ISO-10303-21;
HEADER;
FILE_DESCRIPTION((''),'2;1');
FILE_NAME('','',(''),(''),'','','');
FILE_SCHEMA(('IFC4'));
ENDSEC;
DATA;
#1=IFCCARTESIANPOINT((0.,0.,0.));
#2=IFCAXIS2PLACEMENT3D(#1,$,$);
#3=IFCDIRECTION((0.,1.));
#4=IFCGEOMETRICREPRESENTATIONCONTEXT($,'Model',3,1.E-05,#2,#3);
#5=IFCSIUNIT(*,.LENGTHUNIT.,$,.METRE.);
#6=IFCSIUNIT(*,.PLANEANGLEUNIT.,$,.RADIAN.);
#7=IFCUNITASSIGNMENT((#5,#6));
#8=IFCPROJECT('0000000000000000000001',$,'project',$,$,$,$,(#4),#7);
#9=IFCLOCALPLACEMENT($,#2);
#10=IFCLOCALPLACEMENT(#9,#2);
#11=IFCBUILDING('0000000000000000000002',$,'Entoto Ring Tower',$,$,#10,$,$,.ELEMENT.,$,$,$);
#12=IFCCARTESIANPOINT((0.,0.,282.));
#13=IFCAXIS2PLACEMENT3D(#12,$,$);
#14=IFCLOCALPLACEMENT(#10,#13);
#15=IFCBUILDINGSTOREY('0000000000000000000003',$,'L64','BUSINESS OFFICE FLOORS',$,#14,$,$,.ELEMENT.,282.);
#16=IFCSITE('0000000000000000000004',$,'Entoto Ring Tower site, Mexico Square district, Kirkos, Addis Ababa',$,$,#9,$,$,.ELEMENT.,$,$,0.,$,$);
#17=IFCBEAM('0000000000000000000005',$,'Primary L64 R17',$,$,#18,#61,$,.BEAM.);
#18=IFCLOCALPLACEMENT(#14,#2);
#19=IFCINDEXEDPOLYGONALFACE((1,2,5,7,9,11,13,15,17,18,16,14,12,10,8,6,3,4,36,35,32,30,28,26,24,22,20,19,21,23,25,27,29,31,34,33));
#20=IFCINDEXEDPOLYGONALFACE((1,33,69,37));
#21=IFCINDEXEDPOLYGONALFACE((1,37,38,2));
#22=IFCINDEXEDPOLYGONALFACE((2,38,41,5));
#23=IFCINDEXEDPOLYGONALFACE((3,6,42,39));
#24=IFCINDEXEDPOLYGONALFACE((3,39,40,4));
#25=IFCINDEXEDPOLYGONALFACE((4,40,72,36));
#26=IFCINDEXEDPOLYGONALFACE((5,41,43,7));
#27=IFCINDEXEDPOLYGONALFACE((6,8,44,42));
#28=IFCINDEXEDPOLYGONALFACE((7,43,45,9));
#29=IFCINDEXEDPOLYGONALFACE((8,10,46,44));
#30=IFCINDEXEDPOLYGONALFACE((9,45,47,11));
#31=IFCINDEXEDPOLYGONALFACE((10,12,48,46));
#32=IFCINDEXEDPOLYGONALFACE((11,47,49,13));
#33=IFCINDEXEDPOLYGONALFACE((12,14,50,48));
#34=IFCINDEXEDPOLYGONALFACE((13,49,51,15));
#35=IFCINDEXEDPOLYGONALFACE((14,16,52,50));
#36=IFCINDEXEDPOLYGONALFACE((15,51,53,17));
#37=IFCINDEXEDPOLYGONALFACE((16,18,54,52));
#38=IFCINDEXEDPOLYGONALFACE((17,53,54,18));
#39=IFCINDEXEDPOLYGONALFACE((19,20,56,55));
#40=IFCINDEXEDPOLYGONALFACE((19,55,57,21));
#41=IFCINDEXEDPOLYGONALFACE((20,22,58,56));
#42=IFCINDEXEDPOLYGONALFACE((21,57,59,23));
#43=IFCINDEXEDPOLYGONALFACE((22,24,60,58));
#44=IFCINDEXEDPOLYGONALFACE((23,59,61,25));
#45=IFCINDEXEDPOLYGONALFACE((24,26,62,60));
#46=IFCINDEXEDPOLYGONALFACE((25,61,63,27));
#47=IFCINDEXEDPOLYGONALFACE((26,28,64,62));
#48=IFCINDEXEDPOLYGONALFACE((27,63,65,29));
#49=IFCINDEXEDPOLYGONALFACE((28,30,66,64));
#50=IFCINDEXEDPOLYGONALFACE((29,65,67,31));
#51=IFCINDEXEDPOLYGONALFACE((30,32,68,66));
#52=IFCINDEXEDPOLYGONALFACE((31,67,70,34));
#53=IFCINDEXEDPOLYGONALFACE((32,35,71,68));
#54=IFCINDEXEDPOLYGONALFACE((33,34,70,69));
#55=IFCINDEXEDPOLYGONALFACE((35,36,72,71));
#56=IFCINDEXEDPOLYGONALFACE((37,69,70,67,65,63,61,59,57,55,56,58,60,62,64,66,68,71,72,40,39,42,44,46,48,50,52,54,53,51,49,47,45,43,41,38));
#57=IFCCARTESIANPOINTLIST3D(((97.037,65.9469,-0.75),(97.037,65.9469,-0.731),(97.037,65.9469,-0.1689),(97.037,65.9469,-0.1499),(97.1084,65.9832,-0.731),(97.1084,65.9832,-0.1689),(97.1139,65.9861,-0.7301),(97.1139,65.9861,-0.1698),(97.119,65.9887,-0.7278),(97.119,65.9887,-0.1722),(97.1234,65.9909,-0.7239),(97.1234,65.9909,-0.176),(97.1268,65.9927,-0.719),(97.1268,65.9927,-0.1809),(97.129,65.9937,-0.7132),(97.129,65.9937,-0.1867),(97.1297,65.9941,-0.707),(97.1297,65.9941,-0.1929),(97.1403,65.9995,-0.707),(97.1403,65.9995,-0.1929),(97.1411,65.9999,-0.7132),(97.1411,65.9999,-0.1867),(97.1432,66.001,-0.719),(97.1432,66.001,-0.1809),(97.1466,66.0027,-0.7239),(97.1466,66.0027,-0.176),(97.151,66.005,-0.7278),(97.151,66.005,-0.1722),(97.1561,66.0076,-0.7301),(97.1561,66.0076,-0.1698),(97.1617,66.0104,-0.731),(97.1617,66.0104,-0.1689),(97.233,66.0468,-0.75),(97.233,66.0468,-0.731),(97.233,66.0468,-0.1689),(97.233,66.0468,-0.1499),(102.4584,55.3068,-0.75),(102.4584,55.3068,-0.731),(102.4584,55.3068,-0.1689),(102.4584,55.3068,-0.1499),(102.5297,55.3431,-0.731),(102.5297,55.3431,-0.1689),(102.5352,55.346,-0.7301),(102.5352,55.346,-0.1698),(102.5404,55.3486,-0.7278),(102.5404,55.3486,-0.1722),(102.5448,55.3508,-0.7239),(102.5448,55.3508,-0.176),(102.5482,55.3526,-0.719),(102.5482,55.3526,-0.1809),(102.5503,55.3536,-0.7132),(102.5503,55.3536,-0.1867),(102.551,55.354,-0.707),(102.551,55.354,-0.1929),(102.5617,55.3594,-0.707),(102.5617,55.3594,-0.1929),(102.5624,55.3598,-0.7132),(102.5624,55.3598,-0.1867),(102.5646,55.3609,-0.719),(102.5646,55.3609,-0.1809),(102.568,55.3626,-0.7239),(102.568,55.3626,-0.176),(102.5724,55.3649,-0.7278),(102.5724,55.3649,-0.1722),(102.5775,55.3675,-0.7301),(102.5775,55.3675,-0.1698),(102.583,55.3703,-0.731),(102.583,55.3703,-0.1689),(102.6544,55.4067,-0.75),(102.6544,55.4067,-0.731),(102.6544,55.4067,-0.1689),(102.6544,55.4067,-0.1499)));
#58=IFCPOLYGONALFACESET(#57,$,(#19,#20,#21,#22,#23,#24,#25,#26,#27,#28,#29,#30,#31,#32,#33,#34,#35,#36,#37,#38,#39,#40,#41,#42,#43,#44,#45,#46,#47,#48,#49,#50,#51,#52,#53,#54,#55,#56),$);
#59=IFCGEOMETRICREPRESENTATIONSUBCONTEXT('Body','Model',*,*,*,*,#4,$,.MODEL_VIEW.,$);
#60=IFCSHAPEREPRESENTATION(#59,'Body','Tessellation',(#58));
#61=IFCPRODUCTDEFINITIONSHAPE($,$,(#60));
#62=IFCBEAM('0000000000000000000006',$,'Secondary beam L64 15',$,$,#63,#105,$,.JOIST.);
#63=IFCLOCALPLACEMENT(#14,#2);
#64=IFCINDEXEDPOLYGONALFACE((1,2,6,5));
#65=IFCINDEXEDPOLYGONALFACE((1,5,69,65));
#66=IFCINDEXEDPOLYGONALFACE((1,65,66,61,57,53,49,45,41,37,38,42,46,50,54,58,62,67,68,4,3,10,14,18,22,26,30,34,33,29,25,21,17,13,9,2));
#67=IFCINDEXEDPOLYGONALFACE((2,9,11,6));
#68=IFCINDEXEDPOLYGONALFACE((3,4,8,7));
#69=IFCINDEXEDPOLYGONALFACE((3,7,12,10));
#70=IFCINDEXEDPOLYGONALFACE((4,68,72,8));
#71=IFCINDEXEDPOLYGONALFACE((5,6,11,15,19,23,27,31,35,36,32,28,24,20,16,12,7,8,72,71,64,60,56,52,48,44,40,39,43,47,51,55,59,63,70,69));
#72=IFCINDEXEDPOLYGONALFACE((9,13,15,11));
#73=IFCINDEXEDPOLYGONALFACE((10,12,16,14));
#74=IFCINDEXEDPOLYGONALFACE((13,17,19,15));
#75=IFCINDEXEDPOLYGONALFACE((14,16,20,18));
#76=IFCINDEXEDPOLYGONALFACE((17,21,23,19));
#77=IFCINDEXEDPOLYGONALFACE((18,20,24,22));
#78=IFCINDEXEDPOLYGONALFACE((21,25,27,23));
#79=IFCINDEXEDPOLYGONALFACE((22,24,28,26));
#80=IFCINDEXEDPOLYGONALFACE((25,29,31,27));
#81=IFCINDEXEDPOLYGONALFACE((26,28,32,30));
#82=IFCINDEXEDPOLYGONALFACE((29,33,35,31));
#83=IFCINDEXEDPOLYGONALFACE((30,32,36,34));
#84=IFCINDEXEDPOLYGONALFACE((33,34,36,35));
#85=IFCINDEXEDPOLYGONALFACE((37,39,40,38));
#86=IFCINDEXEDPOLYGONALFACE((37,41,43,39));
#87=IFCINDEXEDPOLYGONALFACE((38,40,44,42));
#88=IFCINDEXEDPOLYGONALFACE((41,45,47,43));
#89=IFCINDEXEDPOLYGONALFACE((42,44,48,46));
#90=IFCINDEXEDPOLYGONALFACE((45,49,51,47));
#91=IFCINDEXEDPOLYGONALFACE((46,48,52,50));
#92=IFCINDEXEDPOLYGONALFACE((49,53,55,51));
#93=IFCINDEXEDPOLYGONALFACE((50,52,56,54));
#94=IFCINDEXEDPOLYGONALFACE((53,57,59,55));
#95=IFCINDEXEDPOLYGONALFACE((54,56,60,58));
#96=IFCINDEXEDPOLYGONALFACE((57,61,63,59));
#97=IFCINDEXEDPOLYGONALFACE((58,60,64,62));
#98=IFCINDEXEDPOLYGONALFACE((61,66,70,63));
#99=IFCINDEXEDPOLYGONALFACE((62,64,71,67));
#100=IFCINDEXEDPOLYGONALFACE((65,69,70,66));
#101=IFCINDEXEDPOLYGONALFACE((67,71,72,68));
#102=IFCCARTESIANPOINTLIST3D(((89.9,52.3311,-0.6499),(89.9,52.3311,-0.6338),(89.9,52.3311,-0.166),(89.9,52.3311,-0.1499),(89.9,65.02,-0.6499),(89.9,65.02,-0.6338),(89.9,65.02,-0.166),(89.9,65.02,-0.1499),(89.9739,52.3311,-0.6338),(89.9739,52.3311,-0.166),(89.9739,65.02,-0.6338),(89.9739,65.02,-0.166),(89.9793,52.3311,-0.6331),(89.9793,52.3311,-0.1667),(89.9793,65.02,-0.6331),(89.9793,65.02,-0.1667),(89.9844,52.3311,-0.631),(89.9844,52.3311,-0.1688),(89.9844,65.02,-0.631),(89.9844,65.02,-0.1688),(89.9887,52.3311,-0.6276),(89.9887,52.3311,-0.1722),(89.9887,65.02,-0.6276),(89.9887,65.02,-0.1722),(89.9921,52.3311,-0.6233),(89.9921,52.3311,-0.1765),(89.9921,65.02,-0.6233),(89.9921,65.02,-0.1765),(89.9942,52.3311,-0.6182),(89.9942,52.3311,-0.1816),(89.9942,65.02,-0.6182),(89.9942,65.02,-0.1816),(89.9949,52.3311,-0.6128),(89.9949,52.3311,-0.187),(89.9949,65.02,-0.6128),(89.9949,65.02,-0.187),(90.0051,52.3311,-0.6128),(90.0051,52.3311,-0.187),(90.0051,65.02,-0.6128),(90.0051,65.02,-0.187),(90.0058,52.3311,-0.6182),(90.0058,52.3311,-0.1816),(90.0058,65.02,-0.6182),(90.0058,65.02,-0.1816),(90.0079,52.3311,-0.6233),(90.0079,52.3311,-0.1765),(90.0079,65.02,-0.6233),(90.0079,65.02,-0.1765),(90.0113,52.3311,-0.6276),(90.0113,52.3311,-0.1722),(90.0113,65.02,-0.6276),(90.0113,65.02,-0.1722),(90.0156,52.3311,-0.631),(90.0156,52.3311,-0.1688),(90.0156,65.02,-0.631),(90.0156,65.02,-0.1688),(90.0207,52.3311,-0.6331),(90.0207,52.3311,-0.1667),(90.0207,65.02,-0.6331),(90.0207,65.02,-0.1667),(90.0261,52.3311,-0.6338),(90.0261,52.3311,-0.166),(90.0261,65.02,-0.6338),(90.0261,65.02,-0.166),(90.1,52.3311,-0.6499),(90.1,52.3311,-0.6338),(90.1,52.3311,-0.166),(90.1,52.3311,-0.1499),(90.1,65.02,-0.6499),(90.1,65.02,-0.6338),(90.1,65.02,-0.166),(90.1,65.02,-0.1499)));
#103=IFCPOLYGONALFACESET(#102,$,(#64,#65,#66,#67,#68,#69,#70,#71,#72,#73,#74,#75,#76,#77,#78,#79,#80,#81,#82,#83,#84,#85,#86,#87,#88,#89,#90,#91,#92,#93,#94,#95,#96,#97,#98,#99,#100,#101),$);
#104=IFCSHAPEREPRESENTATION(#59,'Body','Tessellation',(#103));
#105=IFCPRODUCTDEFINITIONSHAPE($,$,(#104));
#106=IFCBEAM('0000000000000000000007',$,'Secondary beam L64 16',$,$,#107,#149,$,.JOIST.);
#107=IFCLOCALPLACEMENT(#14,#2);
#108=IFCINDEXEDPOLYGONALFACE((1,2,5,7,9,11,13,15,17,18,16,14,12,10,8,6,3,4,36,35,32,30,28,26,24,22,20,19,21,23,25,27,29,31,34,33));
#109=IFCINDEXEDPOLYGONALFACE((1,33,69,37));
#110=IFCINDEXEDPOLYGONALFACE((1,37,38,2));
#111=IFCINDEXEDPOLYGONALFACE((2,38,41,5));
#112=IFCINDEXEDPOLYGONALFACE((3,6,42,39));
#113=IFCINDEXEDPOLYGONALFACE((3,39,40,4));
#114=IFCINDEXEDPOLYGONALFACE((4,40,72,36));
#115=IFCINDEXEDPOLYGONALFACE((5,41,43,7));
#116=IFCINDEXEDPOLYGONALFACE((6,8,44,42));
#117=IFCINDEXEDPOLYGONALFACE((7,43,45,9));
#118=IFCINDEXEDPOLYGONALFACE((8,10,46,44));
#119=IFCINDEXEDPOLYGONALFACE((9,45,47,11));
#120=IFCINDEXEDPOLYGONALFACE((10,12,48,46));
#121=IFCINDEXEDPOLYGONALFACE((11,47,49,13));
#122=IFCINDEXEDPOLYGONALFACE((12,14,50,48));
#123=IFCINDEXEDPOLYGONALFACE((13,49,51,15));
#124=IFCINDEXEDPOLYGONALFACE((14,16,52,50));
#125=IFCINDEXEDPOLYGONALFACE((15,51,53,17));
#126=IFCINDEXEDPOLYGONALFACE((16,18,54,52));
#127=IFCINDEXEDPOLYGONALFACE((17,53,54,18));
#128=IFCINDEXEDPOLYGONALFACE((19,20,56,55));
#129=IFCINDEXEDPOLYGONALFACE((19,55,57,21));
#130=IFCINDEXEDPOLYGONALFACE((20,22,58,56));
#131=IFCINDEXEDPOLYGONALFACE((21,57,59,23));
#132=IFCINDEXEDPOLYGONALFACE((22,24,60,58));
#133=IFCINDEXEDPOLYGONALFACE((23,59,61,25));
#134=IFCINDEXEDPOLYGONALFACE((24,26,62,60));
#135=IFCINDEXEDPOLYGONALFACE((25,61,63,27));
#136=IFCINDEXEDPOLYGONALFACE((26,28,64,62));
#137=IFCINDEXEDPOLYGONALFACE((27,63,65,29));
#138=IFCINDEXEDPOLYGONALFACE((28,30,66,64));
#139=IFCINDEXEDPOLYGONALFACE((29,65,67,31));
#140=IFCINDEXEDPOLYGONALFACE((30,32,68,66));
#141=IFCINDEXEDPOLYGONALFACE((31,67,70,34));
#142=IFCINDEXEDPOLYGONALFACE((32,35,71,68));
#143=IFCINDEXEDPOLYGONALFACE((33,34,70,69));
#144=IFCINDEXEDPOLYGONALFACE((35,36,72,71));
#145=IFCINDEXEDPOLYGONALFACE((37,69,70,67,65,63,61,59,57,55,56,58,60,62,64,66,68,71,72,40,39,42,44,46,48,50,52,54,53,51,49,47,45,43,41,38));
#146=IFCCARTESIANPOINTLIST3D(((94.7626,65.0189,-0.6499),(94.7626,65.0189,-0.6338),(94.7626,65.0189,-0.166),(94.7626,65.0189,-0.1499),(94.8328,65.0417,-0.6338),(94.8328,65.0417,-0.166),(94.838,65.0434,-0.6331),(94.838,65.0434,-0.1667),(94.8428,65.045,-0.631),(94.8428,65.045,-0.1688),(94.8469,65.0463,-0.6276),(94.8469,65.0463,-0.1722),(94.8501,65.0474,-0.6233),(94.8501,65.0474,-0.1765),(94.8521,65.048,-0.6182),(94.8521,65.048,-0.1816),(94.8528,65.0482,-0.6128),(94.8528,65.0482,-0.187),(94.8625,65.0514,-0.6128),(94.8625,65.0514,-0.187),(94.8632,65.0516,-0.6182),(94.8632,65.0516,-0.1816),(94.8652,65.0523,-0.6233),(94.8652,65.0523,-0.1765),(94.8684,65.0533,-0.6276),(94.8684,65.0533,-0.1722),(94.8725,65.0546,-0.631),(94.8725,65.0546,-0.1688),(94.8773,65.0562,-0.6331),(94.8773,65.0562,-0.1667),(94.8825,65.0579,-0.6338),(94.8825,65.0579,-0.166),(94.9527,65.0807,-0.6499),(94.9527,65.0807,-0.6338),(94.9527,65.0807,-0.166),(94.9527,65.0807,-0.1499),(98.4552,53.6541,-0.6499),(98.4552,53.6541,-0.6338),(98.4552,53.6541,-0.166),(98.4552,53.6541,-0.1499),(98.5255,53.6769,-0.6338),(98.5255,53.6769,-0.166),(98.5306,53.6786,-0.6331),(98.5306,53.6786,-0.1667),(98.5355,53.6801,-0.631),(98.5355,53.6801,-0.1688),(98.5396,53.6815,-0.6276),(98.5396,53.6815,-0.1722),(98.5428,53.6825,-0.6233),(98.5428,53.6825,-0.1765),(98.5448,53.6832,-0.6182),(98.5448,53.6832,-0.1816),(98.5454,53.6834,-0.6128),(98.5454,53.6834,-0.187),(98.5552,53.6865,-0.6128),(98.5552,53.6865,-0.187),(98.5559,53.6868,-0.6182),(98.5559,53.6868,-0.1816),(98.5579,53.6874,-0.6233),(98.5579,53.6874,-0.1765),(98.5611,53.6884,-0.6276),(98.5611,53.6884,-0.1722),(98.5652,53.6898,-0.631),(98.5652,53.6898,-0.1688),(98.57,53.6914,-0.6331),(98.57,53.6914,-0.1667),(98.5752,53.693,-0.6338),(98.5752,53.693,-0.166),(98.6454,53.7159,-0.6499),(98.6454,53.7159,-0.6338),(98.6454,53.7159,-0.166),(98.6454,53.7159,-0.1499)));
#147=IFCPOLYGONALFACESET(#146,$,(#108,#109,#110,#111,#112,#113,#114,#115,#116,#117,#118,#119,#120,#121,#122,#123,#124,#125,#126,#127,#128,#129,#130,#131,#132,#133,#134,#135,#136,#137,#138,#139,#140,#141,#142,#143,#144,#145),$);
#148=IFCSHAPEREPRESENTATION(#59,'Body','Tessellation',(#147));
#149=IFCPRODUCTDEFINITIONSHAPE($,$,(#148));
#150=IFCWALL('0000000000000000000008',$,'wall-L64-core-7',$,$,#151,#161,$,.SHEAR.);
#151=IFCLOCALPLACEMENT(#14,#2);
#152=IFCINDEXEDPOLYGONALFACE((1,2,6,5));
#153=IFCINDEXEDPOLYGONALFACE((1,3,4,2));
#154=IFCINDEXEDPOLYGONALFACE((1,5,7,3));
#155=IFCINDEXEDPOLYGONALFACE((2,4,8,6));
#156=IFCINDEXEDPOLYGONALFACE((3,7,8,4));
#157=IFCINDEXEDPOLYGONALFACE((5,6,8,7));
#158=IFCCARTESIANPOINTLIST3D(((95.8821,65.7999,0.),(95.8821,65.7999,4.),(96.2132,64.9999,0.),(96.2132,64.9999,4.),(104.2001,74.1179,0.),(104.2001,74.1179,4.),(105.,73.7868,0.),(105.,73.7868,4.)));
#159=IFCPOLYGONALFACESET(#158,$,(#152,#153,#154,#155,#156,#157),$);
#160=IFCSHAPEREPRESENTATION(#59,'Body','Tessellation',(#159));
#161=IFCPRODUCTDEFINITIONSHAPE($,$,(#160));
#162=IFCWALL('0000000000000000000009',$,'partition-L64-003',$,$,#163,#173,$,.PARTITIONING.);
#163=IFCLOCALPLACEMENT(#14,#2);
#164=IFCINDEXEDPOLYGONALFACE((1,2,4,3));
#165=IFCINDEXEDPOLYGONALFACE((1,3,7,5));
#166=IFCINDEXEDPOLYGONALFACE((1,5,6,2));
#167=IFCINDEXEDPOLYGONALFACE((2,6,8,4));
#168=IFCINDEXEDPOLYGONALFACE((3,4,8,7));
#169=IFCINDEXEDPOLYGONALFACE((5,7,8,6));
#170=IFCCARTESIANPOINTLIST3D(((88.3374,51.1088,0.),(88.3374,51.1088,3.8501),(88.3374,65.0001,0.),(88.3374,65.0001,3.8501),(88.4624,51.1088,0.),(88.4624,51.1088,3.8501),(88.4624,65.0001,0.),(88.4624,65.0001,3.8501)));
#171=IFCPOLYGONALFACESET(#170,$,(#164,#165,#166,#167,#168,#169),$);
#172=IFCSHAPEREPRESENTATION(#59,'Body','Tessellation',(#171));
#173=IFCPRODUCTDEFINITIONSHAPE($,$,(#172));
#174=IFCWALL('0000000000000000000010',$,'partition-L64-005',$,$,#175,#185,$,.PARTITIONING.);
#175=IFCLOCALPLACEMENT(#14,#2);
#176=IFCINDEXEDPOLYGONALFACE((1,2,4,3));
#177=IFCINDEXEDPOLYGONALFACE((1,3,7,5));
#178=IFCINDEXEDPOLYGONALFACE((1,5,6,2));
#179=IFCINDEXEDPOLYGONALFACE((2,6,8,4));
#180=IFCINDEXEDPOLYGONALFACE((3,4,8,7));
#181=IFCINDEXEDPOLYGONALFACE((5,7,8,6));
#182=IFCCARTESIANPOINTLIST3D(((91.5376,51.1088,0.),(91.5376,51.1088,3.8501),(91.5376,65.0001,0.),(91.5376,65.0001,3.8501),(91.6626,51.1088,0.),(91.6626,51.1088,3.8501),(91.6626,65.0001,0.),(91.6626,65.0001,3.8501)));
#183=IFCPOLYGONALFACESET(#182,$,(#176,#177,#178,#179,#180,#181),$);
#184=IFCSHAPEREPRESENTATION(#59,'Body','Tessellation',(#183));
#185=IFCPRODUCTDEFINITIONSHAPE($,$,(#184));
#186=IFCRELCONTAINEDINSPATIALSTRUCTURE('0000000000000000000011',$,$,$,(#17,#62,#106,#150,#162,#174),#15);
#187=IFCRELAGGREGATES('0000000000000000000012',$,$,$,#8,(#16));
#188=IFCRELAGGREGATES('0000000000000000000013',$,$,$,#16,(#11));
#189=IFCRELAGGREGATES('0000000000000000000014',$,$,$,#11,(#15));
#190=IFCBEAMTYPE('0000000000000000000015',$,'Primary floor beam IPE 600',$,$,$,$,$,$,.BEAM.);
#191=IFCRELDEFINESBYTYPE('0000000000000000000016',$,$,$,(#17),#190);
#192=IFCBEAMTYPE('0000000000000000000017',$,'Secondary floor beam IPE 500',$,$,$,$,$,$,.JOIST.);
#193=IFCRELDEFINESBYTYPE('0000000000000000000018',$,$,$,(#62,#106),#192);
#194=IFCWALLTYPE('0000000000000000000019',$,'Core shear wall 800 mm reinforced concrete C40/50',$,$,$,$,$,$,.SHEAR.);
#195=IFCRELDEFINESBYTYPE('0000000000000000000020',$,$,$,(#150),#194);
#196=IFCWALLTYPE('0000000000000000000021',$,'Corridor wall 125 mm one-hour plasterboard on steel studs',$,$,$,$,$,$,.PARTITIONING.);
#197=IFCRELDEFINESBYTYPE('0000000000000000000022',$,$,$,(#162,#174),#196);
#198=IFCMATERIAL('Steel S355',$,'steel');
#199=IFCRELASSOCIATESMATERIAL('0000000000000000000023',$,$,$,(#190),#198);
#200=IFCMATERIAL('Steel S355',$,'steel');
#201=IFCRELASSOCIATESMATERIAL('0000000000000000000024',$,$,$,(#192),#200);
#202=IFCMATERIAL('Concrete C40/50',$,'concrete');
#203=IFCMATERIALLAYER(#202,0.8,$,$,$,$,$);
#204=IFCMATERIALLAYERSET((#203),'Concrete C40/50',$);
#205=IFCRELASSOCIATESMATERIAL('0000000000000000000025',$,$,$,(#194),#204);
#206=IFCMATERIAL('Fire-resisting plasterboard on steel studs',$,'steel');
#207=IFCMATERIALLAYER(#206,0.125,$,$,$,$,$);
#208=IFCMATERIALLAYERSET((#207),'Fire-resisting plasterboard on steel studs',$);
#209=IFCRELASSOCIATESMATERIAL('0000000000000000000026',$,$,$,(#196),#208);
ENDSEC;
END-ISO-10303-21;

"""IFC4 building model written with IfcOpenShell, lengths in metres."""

from ifc_helpers import new_model, si_unit, direction, frame, frame_2d, origin, origin_2d, place, context, subcontext, project, spatial, polyline, rectangle, i_section, outline, extrude, material, layer, layer_set, material_profile, profile_set, type_object, element, save


model = new_model("IFC4")

# Units and contexts
model_context = context("Model", 3, precision=1e-05, world=origin(), true_north=direction((0.0, 1.0)))
body_context = subcontext(model_context, "Body", "Model", "MODEL_VIEW")
ifc_project = project(units=[si_unit("LENGTHUNIT", "METRE"), si_unit("PLANEANGLEUNIT", "RADIAN")], contexts=[model_context])

# Site, building, storey
site_placement = place(None, origin())
site = spatial("IfcSite", under=ifc_project, at=site_placement, Name="Entoto Ring Tower site, Mexico Square district, Kirkos, Addis Ababa", CompositionType="ELEMENT", RefElevation=0.0)
building_placement = place(site_placement, origin())
building = spatial("IfcBuilding", under=site, at=building_placement, Name="Entoto Ring Tower", CompositionType="ELEMENT")
storey_placement = place(building_placement, frame((0.0, 0.0, 282.0)))
storey = spatial("IfcBuildingStorey", under=building, at=storey_placement, Name="L64", Description="BUSINESS OFFICE FLOORS", CompositionType="ELEMENT", Elevation=282.0)

# Beams
ifc_material_1 = material(Name="Steel S355", Category="steel")
ifc_material_profile_1 = material_profile(ifc_material_1, i_section(OverallWidth=0.22, OverallDepth=0.6001, WebThickness=0.012, FlangeThickness=0.019, FilletRadius=0.0239, at=origin_2d()), Name="IPE 600")
ifc_profile_set_1 = profile_set([ifc_material_profile_1], Name="Steel S355")
beam_type_1 = type_object("IfcBeamType", Name="Primary floor beam IPE 600", PredefinedType="BEAM", material=ifc_profile_set_1)
beam_1_placement = place(storey_placement, frame((97.135, 65.9968, -0.45), z_axis=(0.453988, -0.891008, 0.0), x_axis=(0.891008, 0.453988, 0.0)))
element("IfcBeam", 1, at=beam_1_placement, inside=storey, type_object=beam_type_1, Name="Primary L64 R17", PredefinedType="BEAM", context=body_context, shape_type="SweptSolid", body=[
    extrude(i_section(OverallWidth=0.22, OverallDepth=0.6001, WebThickness=0.012, FlangeThickness=0.019, FilletRadius=0.0239, at=origin_2d()), origin(), (0.0, 0.0, 1.0), 11.9417),
])
ifc_material_2 = material(Name="Steel S355", Category="steel")
ifc_material_profile_2 = material_profile(ifc_material_2, i_section(OverallWidth=0.2, OverallDepth=0.5, WebThickness=0.0103, FlangeThickness=0.0161, FilletRadius=0.021, at=origin_2d()), Name="IPE 500")
ifc_profile_set_2 = profile_set([ifc_material_profile_2], Name="Steel S355")
beam_type_2 = type_object("IfcBeamType", Name="Secondary floor beam IPE 500", PredefinedType="JOIST", material=ifc_profile_set_2)
beam_2_placement = place(storey_placement, frame((90.0, 65.02, -0.3999), z_axis=(0.0, -1.0, 0.0), x_axis=(1.0, 0.0, 0.0)))
element("IfcBeam", 2, at=beam_2_placement, inside=storey, type_object=beam_type_2, Name="Secondary beam L64 15", PredefinedType="JOIST", context=body_context, shape_type="SweptSolid", body=[
    extrude(i_section(OverallWidth=0.2, OverallDepth=0.5, WebThickness=0.0103, FlangeThickness=0.0161, FilletRadius=0.021, at=origin_2d()), origin(), (0.0, 0.0, 1.0), 12.689),
])
beam_3_placement = place(storey_placement, frame((94.8577, 65.0498, -0.3999), z_axis=(0.309017, -0.951057, 0.0), x_axis=(0.951057, 0.309017, 0.0)))
element("IfcBeam", 3, at=beam_3_placement, inside=storey, type_object=beam_type_2, Name="Secondary beam L64 16", PredefinedType="JOIST", context=body_context, shape_type="SweptSolid", body=[
    extrude(i_section(OverallWidth=0.2, OverallDepth=0.5, WebThickness=0.0103, FlangeThickness=0.0161, FilletRadius=0.021, at=origin_2d()), origin(), (0.0, 0.0, 1.0), 11.9497),
])

# Walls
ifc_material_3 = material(Name="Concrete C40/50", Category="concrete")
ifc_layer_1 = layer(ifc_material_3, 0.8)
ifc_layer_set_1 = layer_set([ifc_layer_1], Name="Concrete C40/50")
wall_type_1 = type_object("IfcWallType", Name="Core shear wall 800 mm reinforced concrete C40/50", PredefinedType="SHEAR", material=ifc_layer_set_1)
wall_placement = place(storey_placement, frame((96.0476, 65.3999, 0.0), z_axis=(0.0, 0.0, 1.0), x_axis=(0.707107, 0.707107, 0.0)))
element("IfcWall", 4, at=wall_placement, inside=storey, type_object=wall_type_1, Name="wall-L64-core-7", PredefinedType="SHEAR", context=body_context, shape_type="SweptSolid", body=[
    extrude(outline(polyline([(-0.1658, -0.3999), (12.2607, -0.3999), (11.9292, 0.3999), (0.1658, 0.3999), (-0.1658, -0.3999)])), origin(), (0.0, 0.0, 1.0), 4.0),
])
ifc_material_4 = material(Name="Fire-resisting plasterboard on steel studs", Category="steel")
ifc_layer_2 = layer(ifc_material_4, 0.125)
ifc_layer_set_2 = layer_set([ifc_layer_2], Name="Fire-resisting plasterboard on steel studs")
wall_type_2 = type_object("IfcWallType", Name="Corridor wall 125 mm one-hour plasterboard on steel studs", PredefinedType="PARTITIONING", material=ifc_layer_set_2)
for number, where, z_axis, x_axis, name in (
    (5, (88.3999, 51.1086, 0.0), (0.0, 0.0, 1.0), (0.0, 1.0, 0.0), "partition-L64-003"),
    (6, (91.6001, 51.1086, 0.0), (0.0, 0.0, 1.0), (0.0, 1.0, 0.0), "partition-L64-005"),
):
    element("IfcWall", number, at=place(storey_placement, frame(where, z_axis=z_axis, x_axis=x_axis)), inside=storey, type_object=wall_type_2, Name=name, PredefinedType="PARTITIONING", context=body_context, shape_type="SweptSolid", body=[
        extrude(rectangle(XDim=13.8914, YDim=0.125, at=frame_2d((6.9458, 0.0))), origin(), (0.0, 0.0, 1.0), 3.8501),
    ])

save(model, "model.ifc")
